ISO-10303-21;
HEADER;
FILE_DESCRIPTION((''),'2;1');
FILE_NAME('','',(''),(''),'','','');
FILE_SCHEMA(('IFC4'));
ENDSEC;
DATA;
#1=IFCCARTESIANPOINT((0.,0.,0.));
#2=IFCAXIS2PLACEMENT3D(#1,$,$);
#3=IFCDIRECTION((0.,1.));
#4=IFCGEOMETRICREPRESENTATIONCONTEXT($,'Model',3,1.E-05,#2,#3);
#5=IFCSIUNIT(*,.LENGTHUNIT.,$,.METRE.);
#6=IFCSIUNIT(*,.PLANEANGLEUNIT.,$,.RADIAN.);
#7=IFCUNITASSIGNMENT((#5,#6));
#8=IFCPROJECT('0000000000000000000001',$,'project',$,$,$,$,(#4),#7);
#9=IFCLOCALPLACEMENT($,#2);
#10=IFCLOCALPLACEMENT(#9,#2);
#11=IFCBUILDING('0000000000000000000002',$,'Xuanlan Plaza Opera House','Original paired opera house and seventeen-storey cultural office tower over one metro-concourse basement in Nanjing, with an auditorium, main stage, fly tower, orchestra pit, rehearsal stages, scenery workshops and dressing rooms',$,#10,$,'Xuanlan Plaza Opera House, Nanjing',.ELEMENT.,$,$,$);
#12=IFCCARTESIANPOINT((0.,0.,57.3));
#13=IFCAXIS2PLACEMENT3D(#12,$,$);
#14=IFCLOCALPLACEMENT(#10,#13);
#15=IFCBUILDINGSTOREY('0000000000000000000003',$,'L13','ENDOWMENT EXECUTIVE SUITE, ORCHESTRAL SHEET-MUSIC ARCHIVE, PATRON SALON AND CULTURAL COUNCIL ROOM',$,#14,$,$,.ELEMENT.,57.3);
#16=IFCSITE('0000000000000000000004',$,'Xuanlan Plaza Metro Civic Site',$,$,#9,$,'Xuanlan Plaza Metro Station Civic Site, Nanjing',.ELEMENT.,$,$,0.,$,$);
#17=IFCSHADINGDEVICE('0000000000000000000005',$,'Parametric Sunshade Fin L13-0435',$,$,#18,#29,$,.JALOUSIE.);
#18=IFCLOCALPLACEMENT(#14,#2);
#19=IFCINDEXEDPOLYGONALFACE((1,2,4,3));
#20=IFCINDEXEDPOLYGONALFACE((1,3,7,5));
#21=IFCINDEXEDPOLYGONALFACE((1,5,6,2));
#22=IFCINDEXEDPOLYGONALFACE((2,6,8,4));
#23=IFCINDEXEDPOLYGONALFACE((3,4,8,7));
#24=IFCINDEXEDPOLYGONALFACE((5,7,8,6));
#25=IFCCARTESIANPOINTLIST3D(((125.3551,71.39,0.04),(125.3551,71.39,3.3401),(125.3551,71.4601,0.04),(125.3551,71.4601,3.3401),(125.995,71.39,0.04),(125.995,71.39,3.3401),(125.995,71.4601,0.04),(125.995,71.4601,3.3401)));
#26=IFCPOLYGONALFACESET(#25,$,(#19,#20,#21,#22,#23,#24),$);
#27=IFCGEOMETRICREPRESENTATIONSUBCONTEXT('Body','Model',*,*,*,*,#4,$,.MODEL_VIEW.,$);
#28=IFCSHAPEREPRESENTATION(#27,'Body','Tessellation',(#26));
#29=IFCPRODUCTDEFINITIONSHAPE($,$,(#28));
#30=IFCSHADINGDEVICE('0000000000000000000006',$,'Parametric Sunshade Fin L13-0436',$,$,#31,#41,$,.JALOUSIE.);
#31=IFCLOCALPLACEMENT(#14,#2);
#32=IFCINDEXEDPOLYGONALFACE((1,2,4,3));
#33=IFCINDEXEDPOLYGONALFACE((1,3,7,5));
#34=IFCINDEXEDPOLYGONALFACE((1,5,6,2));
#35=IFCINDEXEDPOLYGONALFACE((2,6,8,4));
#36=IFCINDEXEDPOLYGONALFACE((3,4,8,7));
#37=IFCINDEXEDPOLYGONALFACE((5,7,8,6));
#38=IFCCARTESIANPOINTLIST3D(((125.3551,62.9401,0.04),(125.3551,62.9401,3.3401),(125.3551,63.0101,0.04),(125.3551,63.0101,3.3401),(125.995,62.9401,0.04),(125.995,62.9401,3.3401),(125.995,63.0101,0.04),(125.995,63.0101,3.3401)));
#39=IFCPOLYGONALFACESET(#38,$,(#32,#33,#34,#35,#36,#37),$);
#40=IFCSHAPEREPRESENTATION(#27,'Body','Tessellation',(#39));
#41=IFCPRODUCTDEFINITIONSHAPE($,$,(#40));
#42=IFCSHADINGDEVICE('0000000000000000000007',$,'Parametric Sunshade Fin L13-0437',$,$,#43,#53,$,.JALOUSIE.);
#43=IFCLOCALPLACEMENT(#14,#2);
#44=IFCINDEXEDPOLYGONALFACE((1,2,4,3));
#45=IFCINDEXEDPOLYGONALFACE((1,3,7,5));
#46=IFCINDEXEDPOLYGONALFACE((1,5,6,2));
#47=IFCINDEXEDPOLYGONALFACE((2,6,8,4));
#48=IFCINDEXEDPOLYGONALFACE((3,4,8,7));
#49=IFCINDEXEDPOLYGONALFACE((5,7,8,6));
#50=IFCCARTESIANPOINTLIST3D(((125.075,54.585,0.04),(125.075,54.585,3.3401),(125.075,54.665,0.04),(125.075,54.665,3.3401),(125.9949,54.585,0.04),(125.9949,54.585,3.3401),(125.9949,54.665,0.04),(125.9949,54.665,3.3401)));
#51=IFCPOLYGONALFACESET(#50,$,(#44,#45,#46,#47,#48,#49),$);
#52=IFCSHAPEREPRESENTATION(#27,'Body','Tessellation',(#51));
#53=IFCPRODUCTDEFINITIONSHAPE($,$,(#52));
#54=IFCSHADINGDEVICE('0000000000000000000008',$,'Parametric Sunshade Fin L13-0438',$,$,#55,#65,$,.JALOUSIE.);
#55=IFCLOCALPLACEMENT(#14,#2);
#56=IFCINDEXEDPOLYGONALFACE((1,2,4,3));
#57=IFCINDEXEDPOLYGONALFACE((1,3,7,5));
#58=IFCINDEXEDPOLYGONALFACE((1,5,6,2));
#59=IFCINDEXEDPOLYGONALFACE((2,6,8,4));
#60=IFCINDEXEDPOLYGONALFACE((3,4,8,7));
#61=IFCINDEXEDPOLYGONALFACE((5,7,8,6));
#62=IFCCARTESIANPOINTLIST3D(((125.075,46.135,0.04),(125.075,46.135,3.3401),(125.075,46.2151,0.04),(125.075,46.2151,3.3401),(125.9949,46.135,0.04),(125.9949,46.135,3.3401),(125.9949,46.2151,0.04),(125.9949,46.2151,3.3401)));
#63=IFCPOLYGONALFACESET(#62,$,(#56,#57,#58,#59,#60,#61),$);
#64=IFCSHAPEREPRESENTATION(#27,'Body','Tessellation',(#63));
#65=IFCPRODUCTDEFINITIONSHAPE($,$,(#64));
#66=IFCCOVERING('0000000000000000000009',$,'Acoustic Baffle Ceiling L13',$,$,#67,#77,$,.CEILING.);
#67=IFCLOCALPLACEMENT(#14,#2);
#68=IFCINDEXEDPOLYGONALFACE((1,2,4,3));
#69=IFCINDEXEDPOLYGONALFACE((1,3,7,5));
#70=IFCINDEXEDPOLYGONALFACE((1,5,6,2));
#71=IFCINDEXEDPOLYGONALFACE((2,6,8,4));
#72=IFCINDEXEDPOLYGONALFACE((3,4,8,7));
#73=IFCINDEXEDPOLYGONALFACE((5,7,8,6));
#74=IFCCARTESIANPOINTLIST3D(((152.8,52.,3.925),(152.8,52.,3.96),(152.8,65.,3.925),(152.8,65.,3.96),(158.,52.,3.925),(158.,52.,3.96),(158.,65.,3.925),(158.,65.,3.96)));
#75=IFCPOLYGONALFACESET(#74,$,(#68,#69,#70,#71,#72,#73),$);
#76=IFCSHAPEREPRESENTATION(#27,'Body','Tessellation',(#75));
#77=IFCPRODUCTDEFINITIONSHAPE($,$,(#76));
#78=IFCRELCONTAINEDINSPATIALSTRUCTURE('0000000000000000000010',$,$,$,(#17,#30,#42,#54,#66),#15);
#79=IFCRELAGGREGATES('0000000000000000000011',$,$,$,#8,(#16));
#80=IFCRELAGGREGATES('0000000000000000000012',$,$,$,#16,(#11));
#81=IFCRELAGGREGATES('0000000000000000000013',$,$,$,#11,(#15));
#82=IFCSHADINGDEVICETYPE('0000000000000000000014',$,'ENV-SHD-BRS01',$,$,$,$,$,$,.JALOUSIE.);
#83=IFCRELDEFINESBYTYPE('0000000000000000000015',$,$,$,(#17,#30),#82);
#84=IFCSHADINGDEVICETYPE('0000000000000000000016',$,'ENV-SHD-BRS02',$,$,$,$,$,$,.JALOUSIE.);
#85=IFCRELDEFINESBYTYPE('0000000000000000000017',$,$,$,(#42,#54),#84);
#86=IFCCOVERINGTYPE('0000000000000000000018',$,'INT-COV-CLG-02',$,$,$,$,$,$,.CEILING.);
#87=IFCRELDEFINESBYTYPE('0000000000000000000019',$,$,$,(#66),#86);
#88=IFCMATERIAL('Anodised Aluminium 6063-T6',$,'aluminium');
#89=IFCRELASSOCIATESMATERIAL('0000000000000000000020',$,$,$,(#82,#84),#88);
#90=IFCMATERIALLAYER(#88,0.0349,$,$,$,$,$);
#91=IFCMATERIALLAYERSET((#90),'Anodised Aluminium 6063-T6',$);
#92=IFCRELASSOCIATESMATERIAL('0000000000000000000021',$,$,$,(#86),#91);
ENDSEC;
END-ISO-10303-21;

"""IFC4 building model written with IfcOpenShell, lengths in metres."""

from ifc_helpers import new_model, si_unit, direction, frame, origin, origin_2d, place, context, subcontext, project, spatial, polyline, rectangle, outline, extrude, material, layer, layer_set, type_object, element, save


model = new_model("IFC4")

# Units and contexts
model_context = context("Model", 3, precision=1e-05, world=origin(), true_north=direction((0.0, 1.0)))
body_context = subcontext(model_context, "Body", "Model", "MODEL_VIEW")
ifc_project = project(units=[si_unit("LENGTHUNIT", "METRE"), si_unit("PLANEANGLEUNIT", "RADIAN")], contexts=[model_context])

# Site, building, storey
site_placement = place(None, origin())
site = spatial("IfcSite", under=ifc_project, at=site_placement, Name="Xuanlan Plaza Metro Civic Site", LongName="Xuanlan Plaza Metro Station Civic Site, Nanjing", CompositionType="ELEMENT", RefElevation=0.0)
building_placement = place(site_placement, origin())
building = spatial("IfcBuilding", under=site, at=building_placement, Name="Xuanlan Plaza Opera House", Description="Original paired opera house and seventeen-storey cultural office tower over one metro-concourse basement in Nanjing, with an auditorium, main stage, fly tower, orchestra pit, rehearsal stages, scenery workshops and dressing rooms", LongName="Xuanlan Plaza Opera House, Nanjing", CompositionType="ELEMENT")
storey_placement = place(building_placement, frame((0.0, 0.0, 57.3)))
storey = spatial("IfcBuildingStorey", under=building, at=storey_placement, Name="L13", Description="ENDOWMENT EXECUTIVE SUITE, ORCHESTRAL SHEET-MUSIC ARCHIVE, PATRON SALON AND CULTURAL COUNCIL ROOM", CompositionType="ELEMENT", Elevation=57.3)

# Shading devices
ifc_material_1 = material(Name="Anodised Aluminium 6063-T6", Category="aluminium")
shading_device_type_1 = type_object("IfcShadingDeviceType", Name="ENV-SHD-BRS01", PredefinedType="JALOUSIE", material=ifc_material_1)
for number, where, z_axis, x_axis, name in (
    (1, (125.675, 71.425, 0.04), (0.0, 0.0, 1.0), (-1.0, 0.0, 0.0), "Parametric Sunshade Fin L13-0435"),
    (2, (125.675, 62.9751, 0.04), (0.0, 0.0, 1.0), (-1.0, 0.0, 0.0), "Parametric Sunshade Fin L13-0436"),
):
    element("IfcShadingDevice", number, at=place(storey_placement, frame(where, z_axis=z_axis, x_axis=x_axis)), inside=storey, type_object=shading_device_type_1, Name=name, PredefinedType="JALOUSIE", context=body_context, shape_type="SweptSolid", body=[
        extrude(rectangle(XDim=0.6399, YDim=0.0701, at=origin_2d()), origin(), (0.0, 0.0, 1.0), 3.3),
    ])
shading_device_type_2 = type_object("IfcShadingDeviceType", Name="ENV-SHD-BRS02", PredefinedType="JALOUSIE", material=ifc_material_1)
for number, where, z_axis, x_axis, name in (
    (3, (125.5349, 54.625, 0.04), (0.0, 0.0, 1.0), (-1.0, 0.0, 0.0), "Parametric Sunshade Fin L13-0437"),
    (4, (125.5349, 46.175, 0.04), (0.0, 0.0, 1.0), (-1.0, 0.0, 0.0), "Parametric Sunshade Fin L13-0438"),
):
    element("IfcShadingDevice", number, at=place(storey_placement, frame(where, z_axis=z_axis, x_axis=x_axis)), inside=storey, type_object=shading_device_type_2, Name=name, PredefinedType="JALOUSIE", context=body_context, shape_type="SweptSolid", body=[
        extrude(rectangle(XDim=0.9199, YDim=0.0801, at=origin_2d()), origin(), (0.0, 0.0, 1.0), 3.3),
    ])

# Covering
ifc_layer_1 = layer(ifc_material_1, 0.0349)
ifc_layer_set_1 = layer_set([ifc_layer_1], Name="Anodised Aluminium 6063-T6")
covering_type = type_object("IfcCoveringType", Name="INT-COV-CLG-02", PredefinedType="CEILING", material=ifc_layer_set_1)
covering_placement = place(storey_placement, frame((0.0, 0.0, 3.925)))
element("IfcCovering", 5, at=covering_placement, inside=storey, type_object=covering_type, Name="Acoustic Baffle Ceiling L13", PredefinedType="CEILING", context=body_context, shape_type="SweptSolid", body=[
    extrude(outline(polyline([(152.8, 52.0), (158.0, 52.0), (158.0, 65.0), (152.8, 65.0), (152.8, 52.0)])), origin(), (0.0, 0.0, 1.0), 0.0349),
])

save(model, "model.ifc")
